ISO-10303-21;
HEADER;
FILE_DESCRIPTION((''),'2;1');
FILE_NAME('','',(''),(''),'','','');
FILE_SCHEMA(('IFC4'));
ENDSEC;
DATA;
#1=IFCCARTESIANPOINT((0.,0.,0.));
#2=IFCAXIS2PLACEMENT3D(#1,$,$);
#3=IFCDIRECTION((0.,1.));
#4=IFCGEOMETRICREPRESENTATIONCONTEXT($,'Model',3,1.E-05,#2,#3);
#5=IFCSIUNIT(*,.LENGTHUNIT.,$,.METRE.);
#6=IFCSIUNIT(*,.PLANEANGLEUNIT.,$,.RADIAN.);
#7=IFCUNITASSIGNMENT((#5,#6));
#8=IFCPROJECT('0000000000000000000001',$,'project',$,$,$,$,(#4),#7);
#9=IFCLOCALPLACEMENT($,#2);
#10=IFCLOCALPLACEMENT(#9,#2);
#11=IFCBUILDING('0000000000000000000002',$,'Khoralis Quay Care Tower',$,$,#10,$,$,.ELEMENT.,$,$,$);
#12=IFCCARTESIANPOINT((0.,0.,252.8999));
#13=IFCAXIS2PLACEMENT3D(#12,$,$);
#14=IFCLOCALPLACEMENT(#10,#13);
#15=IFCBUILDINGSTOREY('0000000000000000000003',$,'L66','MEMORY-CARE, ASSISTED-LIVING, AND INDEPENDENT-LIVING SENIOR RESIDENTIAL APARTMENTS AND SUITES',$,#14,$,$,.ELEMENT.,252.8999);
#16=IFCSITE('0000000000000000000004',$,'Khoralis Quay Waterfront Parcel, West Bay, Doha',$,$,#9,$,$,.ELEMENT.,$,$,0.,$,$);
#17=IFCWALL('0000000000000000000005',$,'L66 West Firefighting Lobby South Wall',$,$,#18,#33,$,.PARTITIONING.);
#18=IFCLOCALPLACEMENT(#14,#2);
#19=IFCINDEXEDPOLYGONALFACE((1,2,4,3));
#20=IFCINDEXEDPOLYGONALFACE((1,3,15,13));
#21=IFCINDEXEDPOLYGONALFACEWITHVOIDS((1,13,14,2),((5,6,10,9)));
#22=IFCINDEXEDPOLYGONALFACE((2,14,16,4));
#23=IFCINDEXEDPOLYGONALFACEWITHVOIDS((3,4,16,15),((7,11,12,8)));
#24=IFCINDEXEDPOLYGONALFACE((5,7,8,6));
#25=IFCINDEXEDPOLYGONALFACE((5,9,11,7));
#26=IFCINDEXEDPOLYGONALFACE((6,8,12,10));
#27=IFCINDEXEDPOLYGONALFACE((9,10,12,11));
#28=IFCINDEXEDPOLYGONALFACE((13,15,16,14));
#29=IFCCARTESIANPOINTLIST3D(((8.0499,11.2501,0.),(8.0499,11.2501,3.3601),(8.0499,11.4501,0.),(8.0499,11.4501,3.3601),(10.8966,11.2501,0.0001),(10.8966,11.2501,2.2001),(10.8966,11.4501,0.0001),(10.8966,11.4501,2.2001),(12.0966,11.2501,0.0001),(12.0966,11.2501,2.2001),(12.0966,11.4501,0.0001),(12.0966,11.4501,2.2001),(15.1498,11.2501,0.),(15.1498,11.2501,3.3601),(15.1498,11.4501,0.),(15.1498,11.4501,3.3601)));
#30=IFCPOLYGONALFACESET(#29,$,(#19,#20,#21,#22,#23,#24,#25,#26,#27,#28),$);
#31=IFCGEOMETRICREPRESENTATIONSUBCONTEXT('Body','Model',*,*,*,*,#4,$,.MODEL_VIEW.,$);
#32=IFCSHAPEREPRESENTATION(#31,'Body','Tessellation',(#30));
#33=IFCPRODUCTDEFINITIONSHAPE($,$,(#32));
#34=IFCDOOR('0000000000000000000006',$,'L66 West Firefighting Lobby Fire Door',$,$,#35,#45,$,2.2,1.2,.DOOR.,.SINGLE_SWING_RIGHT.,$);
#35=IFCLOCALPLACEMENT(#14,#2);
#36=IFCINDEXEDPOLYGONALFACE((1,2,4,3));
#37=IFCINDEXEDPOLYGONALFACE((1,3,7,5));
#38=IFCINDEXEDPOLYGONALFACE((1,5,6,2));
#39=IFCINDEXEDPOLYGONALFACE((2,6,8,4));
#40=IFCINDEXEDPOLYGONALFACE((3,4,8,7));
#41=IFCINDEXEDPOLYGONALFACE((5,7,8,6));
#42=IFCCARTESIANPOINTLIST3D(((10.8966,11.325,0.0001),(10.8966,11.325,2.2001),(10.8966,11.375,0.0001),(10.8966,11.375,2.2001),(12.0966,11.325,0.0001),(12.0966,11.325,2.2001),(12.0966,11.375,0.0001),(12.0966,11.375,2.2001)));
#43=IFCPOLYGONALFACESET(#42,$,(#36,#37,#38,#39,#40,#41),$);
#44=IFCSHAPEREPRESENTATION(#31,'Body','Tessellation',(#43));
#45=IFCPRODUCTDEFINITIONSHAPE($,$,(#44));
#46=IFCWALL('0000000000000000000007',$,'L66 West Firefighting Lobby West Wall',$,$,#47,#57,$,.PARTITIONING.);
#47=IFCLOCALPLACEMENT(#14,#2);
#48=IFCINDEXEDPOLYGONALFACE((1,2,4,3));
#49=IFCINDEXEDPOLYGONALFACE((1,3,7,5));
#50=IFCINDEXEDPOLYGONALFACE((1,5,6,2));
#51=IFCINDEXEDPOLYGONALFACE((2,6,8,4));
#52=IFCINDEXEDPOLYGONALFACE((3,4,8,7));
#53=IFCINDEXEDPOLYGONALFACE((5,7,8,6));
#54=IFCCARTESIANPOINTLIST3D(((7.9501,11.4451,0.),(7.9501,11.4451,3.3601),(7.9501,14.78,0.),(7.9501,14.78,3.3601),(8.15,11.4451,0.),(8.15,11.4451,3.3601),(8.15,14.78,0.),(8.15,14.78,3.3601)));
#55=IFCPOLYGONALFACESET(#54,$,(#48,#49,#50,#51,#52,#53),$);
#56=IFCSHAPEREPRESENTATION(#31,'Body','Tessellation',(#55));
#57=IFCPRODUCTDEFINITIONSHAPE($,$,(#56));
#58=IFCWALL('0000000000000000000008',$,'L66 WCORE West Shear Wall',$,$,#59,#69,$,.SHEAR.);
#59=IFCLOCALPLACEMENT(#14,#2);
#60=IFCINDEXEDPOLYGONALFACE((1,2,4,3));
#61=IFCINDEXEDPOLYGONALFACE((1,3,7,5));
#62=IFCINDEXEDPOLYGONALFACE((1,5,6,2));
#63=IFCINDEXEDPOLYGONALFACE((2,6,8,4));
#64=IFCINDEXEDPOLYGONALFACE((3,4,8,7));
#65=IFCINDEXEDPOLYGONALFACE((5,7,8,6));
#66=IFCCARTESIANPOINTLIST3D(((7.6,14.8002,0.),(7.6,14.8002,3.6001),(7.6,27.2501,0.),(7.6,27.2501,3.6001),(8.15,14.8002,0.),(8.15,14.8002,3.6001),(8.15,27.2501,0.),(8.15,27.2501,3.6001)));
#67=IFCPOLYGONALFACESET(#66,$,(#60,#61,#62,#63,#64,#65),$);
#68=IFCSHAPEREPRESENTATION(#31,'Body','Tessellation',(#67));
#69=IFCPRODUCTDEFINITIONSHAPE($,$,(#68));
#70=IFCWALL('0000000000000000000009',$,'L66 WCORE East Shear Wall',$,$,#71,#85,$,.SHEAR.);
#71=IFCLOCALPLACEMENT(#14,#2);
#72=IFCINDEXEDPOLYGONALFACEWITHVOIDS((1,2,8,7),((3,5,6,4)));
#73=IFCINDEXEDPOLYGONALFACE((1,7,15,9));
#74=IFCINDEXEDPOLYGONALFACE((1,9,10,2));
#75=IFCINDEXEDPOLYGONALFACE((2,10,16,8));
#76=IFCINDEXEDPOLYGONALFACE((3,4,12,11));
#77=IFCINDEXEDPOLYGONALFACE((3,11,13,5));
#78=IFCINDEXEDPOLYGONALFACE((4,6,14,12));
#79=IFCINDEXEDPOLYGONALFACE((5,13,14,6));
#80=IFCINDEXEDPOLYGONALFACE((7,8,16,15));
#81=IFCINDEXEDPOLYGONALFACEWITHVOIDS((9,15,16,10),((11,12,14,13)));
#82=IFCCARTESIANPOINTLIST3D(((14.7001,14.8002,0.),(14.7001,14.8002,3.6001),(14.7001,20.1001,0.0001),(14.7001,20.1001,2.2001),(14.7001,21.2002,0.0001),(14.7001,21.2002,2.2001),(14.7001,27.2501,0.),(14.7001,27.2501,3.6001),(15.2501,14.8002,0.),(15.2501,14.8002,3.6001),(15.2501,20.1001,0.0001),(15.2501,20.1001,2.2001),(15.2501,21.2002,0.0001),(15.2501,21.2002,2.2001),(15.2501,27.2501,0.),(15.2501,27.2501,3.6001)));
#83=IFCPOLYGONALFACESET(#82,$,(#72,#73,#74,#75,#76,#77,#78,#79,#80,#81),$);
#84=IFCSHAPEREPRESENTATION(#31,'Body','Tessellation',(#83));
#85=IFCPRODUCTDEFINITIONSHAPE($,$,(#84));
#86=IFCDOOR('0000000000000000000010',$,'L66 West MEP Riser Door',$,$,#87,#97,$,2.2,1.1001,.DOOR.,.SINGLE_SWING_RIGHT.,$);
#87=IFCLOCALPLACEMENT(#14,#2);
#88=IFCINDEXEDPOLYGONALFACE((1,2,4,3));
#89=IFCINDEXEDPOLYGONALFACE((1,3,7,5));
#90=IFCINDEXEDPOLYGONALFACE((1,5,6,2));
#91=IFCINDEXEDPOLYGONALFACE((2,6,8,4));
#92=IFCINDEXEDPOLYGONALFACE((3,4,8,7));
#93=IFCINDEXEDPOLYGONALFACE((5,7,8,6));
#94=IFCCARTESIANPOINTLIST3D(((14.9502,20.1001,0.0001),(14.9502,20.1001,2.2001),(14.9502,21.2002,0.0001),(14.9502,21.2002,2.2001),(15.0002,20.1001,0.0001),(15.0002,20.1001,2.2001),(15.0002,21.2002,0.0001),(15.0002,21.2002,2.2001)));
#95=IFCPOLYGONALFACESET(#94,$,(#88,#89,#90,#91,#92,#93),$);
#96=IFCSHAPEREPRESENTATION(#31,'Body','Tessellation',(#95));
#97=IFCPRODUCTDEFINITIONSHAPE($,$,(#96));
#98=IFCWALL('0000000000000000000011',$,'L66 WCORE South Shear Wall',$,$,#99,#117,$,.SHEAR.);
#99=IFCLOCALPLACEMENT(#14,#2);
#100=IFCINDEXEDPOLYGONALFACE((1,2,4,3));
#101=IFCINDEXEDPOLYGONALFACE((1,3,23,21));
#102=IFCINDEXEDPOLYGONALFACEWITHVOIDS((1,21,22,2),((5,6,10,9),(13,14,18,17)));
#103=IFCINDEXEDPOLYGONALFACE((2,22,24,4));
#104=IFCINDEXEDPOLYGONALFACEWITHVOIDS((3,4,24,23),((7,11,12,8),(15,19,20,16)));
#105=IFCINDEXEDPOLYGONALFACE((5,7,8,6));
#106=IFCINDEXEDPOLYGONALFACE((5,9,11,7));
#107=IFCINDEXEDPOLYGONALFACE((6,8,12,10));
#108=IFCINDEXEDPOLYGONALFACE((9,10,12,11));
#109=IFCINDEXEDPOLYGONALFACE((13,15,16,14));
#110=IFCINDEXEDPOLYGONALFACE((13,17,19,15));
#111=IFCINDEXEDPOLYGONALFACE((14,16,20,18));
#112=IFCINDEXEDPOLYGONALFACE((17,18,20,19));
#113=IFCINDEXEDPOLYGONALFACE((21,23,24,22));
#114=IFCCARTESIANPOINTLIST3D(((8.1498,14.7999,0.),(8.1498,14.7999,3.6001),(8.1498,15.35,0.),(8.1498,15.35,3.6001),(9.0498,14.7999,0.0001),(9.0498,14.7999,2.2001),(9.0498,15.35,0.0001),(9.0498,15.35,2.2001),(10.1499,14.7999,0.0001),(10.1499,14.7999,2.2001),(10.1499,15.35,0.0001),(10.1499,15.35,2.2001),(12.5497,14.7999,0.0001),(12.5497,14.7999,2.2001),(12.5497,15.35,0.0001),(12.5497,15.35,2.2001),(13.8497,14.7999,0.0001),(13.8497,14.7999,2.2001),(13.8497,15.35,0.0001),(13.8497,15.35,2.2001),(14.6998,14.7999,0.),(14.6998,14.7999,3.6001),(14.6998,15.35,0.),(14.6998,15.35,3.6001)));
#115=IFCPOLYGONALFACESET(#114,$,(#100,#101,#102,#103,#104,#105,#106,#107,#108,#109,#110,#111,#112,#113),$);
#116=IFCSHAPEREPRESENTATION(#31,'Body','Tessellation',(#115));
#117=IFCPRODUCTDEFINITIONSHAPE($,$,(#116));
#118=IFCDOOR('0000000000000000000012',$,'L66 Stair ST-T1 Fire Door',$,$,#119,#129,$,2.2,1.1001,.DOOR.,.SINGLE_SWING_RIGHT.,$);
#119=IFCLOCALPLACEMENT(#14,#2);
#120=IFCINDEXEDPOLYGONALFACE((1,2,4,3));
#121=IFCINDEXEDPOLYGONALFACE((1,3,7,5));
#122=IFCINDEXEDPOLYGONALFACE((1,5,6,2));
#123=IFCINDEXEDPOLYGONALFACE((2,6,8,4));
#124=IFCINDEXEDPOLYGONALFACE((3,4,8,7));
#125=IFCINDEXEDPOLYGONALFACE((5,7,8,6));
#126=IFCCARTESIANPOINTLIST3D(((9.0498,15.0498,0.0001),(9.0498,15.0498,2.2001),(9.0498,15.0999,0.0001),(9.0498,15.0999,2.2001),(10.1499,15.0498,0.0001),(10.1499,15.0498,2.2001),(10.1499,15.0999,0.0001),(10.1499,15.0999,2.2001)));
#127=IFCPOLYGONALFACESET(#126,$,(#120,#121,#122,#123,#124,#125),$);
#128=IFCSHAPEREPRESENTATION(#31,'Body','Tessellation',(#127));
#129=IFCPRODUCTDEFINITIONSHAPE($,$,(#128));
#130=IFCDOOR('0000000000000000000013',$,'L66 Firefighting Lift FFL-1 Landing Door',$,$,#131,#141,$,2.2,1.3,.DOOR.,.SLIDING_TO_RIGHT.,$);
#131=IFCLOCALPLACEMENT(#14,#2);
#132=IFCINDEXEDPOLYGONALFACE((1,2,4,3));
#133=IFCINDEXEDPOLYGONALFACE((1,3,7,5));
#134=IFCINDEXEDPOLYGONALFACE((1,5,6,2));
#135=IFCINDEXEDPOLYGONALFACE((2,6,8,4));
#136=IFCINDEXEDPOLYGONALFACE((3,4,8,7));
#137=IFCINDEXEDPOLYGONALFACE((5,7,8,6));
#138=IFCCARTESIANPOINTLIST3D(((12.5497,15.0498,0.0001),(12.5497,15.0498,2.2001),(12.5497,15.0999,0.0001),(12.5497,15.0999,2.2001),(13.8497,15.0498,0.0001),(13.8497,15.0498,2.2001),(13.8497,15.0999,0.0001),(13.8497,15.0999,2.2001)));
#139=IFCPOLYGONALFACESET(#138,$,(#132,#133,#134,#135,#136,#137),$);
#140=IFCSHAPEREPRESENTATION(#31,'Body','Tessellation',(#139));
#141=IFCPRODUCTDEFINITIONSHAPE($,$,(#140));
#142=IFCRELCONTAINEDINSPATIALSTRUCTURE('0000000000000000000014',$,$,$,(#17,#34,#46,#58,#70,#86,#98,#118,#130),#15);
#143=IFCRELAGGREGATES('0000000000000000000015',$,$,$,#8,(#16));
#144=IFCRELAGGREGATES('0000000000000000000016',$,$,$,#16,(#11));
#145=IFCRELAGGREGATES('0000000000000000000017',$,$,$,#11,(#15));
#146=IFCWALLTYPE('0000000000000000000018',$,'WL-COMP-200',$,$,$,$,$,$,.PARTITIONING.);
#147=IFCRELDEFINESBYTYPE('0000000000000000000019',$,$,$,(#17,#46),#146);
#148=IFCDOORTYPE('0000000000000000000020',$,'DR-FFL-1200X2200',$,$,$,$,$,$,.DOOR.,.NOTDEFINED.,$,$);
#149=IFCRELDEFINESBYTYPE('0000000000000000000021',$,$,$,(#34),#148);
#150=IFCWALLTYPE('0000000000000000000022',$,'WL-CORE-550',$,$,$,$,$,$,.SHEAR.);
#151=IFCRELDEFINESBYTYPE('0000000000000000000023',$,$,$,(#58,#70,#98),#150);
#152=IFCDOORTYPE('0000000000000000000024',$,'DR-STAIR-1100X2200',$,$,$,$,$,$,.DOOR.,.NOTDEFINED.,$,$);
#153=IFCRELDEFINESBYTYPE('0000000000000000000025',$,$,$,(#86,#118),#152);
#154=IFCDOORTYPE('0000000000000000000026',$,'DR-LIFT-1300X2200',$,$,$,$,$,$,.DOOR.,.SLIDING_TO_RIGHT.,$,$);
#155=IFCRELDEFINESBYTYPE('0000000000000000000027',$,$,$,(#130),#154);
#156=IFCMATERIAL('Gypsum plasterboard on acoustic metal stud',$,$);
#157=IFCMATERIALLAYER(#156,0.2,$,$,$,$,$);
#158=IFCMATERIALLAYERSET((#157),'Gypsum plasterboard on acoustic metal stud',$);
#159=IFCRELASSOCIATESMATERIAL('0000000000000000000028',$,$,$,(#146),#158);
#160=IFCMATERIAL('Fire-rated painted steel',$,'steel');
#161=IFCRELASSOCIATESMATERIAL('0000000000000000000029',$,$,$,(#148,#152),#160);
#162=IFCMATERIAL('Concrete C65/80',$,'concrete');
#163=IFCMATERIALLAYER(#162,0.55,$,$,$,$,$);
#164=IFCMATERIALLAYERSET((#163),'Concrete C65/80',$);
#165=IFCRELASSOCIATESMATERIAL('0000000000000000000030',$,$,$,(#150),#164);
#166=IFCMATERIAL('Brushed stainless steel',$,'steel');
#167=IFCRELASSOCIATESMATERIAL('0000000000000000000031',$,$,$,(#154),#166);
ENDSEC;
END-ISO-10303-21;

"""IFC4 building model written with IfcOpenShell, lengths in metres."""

from ifc_helpers import new_model, si_unit, direction, frame, frame_2d, origin, place, context, subcontext, project, spatial, rectangle, extrude, source, transform, mapped, material, layer, layer_set, type_object, element, fill, save


model = new_model("IFC4")

# Units and contexts
model_context = context("Model", 3, precision=1e-05, world=origin(), true_north=direction((0.0, 1.0)))
body_context = subcontext(model_context, "Body", "Model", "MODEL_VIEW")
ifc_project = project(units=[si_unit("LENGTHUNIT", "METRE"), si_unit("PLANEANGLEUNIT", "RADIAN")], contexts=[model_context])

# Site, building, storey
site_placement = place(None, origin())
site = spatial("IfcSite", under=ifc_project, at=site_placement, Name="Khoralis Quay Waterfront Parcel, West Bay, Doha", CompositionType="ELEMENT", RefElevation=0.0)
building_placement = place(site_placement, origin())
building = spatial("IfcBuilding", under=site, at=building_placement, Name="Khoralis Quay Care Tower", CompositionType="ELEMENT")
storey_placement = place(building_placement, frame((0.0, 0.0, 252.8999)))
storey = spatial("IfcBuildingStorey", under=building, at=storey_placement, Name="L66", Description="MEMORY-CARE, ASSISTED-LIVING, AND INDEPENDENT-LIVING SENIOR RESIDENTIAL APARTMENTS AND SUITES", CompositionType="ELEMENT", Elevation=252.8999)

# Wall, opening, door
ifc_material_1 = material(Name="Gypsum plasterboard on acoustic metal stud")
ifc_layer_1 = layer(ifc_material_1, 0.2)
ifc_layer_set_1 = layer_set([ifc_layer_1], Name="Gypsum plasterboard on acoustic metal stud")
wall_type_1 = type_object("IfcWallType", Name="WL-COMP-200", PredefinedType="PARTITIONING", material=ifc_layer_set_1)
wall_1_placement = place(storey_placement, frame((8.05, 11.3501, 0.0), z_axis=(0.0, 0.0, 1.0), x_axis=(1.0, 0.0, 0.0)))
wall_1 = element("IfcWall", 1, at=wall_1_placement, inside=storey, type_object=wall_type_1, Name="L66 West Firefighting Lobby South Wall", PredefinedType="PARTITIONING", context=body_context, shape_type="SweptSolid", body=[
    extrude(rectangle(XDim=7.0999, YDim=0.2, at=frame_2d((3.5498, 0.0))), origin(), (0.0, 0.0, 1.0), 3.3601),
])
opening_1_placement = place(wall_1_placement, frame((2.8464, 0.0, 0.0)))
opening_1 = element("IfcOpeningElement", 2, at=opening_1_placement, cuts=wall_1, PredefinedType="OPENING", context=body_context, shape_type="SweptSolid", body=[
    extrude(rectangle(XDim=1.2, YDim=2.2, at=frame_2d((0.6001, 1.1001))), frame((0.0, 0.1099, 0.0), z_axis=(0.0, -1.0, 0.0), x_axis=(1.0, 0.0, 0.0)), (0.0, 0.0, 1.0), 0.22),
])
ifc_material_2 = material(Name="Fire-rated painted steel", Category="steel")
door_type_1 = type_object("IfcDoorType", Name="DR-FFL-1200X2200", OperationType="NOTDEFINED", PredefinedType="DOOR", material=ifc_material_2)
shared_shape_1 = source(origin(), body_context, "Body", "SweptSolid", [
    extrude(rectangle(XDim=1.2, YDim=2.2, at=frame_2d((0.6001, 1.1001))), frame((0.0, 0.0249, 0.0), z_axis=(0.0, -1.0, 0.0), x_axis=(1.0, 0.0, 0.0)), (0.0, 0.0, 1.0), 0.05),
])
door_1_placement = place(opening_1_placement, origin())
door_1 = element("IfcDoor", 3, at=door_1_placement, inside=storey, type_object=door_type_1, Name="L66 West Firefighting Lobby Fire Door", OperationType="SINGLE_SWING_RIGHT", OverallHeight=2.2, OverallWidth=1.2, PredefinedType="DOOR", context=body_context, shape_type="MappedRepresentation", body=[
    mapped(shared_shape_1, transform((0.0, 0.0, 0.0), scale=1.0)),
])
fill(opening_1, door_1)

# Walls
wall_2_placement = place(storey_placement, frame((8.05, 11.4451, 0.0), z_axis=(0.0, 0.0, 1.0), x_axis=(0.0, 1.0, 0.0)))
element("IfcWall", 4, at=wall_2_placement, inside=storey, type_object=wall_type_1, Name="L66 West Firefighting Lobby West Wall", PredefinedType="PARTITIONING", context=body_context, shape_type="SweptSolid", body=[
    extrude(rectangle(XDim=3.335, YDim=0.2, at=frame_2d((1.6675, 0.0))), origin(), (0.0, 0.0, 1.0), 3.3601),
])
ifc_material_3 = material(Name="Concrete C65/80", Category="concrete")
ifc_layer_2 = layer(ifc_material_3, 0.55)
ifc_layer_set_2 = layer_set([ifc_layer_2], Name="Concrete C65/80")
wall_type_2 = type_object("IfcWallType", Name="WL-CORE-550", PredefinedType="SHEAR", material=ifc_layer_set_2)
wall_3_placement = place(storey_placement, frame((7.875, 14.8, 0.0), z_axis=(0.0, 0.0, 1.0), x_axis=(0.0, 1.0, 0.0)))
element("IfcWall", 5, at=wall_3_placement, inside=storey, type_object=wall_type_2, Name="L66 WCORE West Shear Wall", PredefinedType="SHEAR", context=body_context, shape_type="SweptSolid", body=[
    extrude(rectangle(XDim=12.45, YDim=0.55, at=frame_2d((6.2251, 0.0))), origin(), (0.0, 0.0, 1.0), 3.6001),
])

# Wall, opening, door
wall_4_placement = place(storey_placement, frame((14.9751, 14.8, 0.0), z_axis=(0.0, 0.0, 1.0), x_axis=(0.0, 1.0, 0.0)))
wall_4 = element("IfcWall", 6, at=wall_4_placement, inside=storey, type_object=wall_type_2, Name="L66 WCORE East Shear Wall", PredefinedType="SHEAR", context=body_context, shape_type="SweptSolid", body=[
    extrude(rectangle(XDim=12.45, YDim=0.55, at=frame_2d((6.2251, 0.0))), origin(), (0.0, 0.0, 1.0), 3.6001),
])
opening_2_placement = place(wall_4_placement, frame((5.3, 0.0, 0.0)))
opening_2 = element("IfcOpeningElement", 7, at=opening_2_placement, cuts=wall_4, PredefinedType="OPENING", context=body_context, shape_type="SweptSolid", body=[
    extrude(rectangle(XDim=1.1001, YDim=2.2, at=frame_2d((0.55, 1.1001))), frame((0.0, 0.2852, 0.0), z_axis=(0.0, -1.0, 0.0), x_axis=(1.0, 0.0, 0.0)), (0.0, 0.0, 1.0), 0.5701),
])
door_type_2 = type_object("IfcDoorType", Name="DR-STAIR-1100X2200", OperationType="NOTDEFINED", PredefinedType="DOOR", material=ifc_material_2)
shared_shape_2 = source(origin(), body_context, "Body", "SweptSolid", [
    extrude(rectangle(XDim=1.1001, YDim=2.2, at=frame_2d((0.55, 1.1001))), frame((0.0, 0.0249, 0.0), z_axis=(0.0, -1.0, 0.0), x_axis=(1.0, 0.0, 0.0)), (0.0, 0.0, 1.0), 0.05),
])
door_2_placement = place(opening_2_placement, origin())
door_2 = element("IfcDoor", 8, at=door_2_placement, inside=storey, type_object=door_type_2, Name="L66 West MEP Riser Door", OperationType="SINGLE_SWING_RIGHT", OverallHeight=2.2, OverallWidth=1.1001, PredefinedType="DOOR", context=body_context, shape_type="MappedRepresentation", body=[
    mapped(shared_shape_2, transform((0.0, 0.0, 0.0), scale=1.0)),
])
fill(opening_2, door_2)

# Wall, openings, doors
wall_5_placement = place(storey_placement, frame((8.1499, 15.075, 0.0), z_axis=(0.0, 0.0, 1.0), x_axis=(1.0, 0.0, 0.0)))
wall_5 = element("IfcWall", 9, at=wall_5_placement, inside=storey, type_object=wall_type_2, Name="L66 WCORE South Shear Wall", PredefinedType="SHEAR", context=body_context, shape_type="SweptSolid", body=[
    extrude(rectangle(XDim=6.55, YDim=0.55, at=frame_2d((3.2749, 0.0))), origin(), (0.0, 0.0, 1.0), 3.6001),
])
opening_3_placement = place(wall_5_placement, frame((0.8999, 0.0, 0.0)))
opening_3 = element("IfcOpeningElement", 10, at=opening_3_placement, cuts=wall_5, PredefinedType="OPENING", context=body_context, shape_type="SweptSolid", body=[
    extrude(rectangle(XDim=1.1001, YDim=2.2, at=frame_2d((0.55, 1.1001))), frame((0.0, 0.2852, 0.0), z_axis=(0.0, -1.0, 0.0), x_axis=(1.0, 0.0, 0.0)), (0.0, 0.0, 1.0), 0.5701),
])
opening_4_placement = place(wall_5_placement, frame((4.3999, 0.0, 0.0)))
opening_4 = element("IfcOpeningElement", 11, at=opening_4_placement, cuts=wall_5, PredefinedType="OPENING", context=body_context, shape_type="SweptSolid", body=[
    extrude(rectangle(XDim=1.3, YDim=2.2, at=frame_2d((0.6499, 1.1001))), frame((0.0, 0.2852, 0.0), z_axis=(0.0, -1.0, 0.0), x_axis=(1.0, 0.0, 0.0)), (0.0, 0.0, 1.0), 0.5701),
])
door_3_placement = place(opening_3_placement, origin())
door_3 = element("IfcDoor", 12, at=door_3_placement, inside=storey, type_object=door_type_2, Name="L66 Stair ST-T1 Fire Door", OperationType="SINGLE_SWING_RIGHT", OverallHeight=2.2, OverallWidth=1.1001, PredefinedType="DOOR", context=body_context, shape_type="MappedRepresentation", body=[
    mapped(shared_shape_2, transform((0.0, 0.0, 0.0), scale=1.0)),
])
fill(opening_3, door_3)
ifc_material_4 = material(Name="Brushed stainless steel", Category="steel")
door_type_3 = type_object("IfcDoorType", Name="DR-LIFT-1300X2200", OperationType="SLIDING_TO_RIGHT", PredefinedType="DOOR", material=ifc_material_4)
shared_shape_3 = source(origin(), body_context, "Body", "SweptSolid", [
    extrude(rectangle(XDim=1.3, YDim=2.2, at=frame_2d((0.6499, 1.1001))), frame((0.0, 0.0249, 0.0), z_axis=(0.0, -1.0, 0.0), x_axis=(1.0, 0.0, 0.0)), (0.0, 0.0, 1.0), 0.05),
])
door_4_placement = place(opening_4_placement, origin())
door_4 = element("IfcDoor", 13, at=door_4_placement, inside=storey, type_object=door_type_3, Name="L66 Firefighting Lift FFL-1 Landing Door", OperationType="SLIDING_TO_RIGHT", OverallHeight=2.2, OverallWidth=1.3, PredefinedType="DOOR", context=body_context, shape_type="MappedRepresentation", body=[
    mapped(shared_shape_3, transform((0.0, 0.0, 0.0), scale=1.0)),
])
fill(opening_4, door_4)

save(model, "model.ifc")
